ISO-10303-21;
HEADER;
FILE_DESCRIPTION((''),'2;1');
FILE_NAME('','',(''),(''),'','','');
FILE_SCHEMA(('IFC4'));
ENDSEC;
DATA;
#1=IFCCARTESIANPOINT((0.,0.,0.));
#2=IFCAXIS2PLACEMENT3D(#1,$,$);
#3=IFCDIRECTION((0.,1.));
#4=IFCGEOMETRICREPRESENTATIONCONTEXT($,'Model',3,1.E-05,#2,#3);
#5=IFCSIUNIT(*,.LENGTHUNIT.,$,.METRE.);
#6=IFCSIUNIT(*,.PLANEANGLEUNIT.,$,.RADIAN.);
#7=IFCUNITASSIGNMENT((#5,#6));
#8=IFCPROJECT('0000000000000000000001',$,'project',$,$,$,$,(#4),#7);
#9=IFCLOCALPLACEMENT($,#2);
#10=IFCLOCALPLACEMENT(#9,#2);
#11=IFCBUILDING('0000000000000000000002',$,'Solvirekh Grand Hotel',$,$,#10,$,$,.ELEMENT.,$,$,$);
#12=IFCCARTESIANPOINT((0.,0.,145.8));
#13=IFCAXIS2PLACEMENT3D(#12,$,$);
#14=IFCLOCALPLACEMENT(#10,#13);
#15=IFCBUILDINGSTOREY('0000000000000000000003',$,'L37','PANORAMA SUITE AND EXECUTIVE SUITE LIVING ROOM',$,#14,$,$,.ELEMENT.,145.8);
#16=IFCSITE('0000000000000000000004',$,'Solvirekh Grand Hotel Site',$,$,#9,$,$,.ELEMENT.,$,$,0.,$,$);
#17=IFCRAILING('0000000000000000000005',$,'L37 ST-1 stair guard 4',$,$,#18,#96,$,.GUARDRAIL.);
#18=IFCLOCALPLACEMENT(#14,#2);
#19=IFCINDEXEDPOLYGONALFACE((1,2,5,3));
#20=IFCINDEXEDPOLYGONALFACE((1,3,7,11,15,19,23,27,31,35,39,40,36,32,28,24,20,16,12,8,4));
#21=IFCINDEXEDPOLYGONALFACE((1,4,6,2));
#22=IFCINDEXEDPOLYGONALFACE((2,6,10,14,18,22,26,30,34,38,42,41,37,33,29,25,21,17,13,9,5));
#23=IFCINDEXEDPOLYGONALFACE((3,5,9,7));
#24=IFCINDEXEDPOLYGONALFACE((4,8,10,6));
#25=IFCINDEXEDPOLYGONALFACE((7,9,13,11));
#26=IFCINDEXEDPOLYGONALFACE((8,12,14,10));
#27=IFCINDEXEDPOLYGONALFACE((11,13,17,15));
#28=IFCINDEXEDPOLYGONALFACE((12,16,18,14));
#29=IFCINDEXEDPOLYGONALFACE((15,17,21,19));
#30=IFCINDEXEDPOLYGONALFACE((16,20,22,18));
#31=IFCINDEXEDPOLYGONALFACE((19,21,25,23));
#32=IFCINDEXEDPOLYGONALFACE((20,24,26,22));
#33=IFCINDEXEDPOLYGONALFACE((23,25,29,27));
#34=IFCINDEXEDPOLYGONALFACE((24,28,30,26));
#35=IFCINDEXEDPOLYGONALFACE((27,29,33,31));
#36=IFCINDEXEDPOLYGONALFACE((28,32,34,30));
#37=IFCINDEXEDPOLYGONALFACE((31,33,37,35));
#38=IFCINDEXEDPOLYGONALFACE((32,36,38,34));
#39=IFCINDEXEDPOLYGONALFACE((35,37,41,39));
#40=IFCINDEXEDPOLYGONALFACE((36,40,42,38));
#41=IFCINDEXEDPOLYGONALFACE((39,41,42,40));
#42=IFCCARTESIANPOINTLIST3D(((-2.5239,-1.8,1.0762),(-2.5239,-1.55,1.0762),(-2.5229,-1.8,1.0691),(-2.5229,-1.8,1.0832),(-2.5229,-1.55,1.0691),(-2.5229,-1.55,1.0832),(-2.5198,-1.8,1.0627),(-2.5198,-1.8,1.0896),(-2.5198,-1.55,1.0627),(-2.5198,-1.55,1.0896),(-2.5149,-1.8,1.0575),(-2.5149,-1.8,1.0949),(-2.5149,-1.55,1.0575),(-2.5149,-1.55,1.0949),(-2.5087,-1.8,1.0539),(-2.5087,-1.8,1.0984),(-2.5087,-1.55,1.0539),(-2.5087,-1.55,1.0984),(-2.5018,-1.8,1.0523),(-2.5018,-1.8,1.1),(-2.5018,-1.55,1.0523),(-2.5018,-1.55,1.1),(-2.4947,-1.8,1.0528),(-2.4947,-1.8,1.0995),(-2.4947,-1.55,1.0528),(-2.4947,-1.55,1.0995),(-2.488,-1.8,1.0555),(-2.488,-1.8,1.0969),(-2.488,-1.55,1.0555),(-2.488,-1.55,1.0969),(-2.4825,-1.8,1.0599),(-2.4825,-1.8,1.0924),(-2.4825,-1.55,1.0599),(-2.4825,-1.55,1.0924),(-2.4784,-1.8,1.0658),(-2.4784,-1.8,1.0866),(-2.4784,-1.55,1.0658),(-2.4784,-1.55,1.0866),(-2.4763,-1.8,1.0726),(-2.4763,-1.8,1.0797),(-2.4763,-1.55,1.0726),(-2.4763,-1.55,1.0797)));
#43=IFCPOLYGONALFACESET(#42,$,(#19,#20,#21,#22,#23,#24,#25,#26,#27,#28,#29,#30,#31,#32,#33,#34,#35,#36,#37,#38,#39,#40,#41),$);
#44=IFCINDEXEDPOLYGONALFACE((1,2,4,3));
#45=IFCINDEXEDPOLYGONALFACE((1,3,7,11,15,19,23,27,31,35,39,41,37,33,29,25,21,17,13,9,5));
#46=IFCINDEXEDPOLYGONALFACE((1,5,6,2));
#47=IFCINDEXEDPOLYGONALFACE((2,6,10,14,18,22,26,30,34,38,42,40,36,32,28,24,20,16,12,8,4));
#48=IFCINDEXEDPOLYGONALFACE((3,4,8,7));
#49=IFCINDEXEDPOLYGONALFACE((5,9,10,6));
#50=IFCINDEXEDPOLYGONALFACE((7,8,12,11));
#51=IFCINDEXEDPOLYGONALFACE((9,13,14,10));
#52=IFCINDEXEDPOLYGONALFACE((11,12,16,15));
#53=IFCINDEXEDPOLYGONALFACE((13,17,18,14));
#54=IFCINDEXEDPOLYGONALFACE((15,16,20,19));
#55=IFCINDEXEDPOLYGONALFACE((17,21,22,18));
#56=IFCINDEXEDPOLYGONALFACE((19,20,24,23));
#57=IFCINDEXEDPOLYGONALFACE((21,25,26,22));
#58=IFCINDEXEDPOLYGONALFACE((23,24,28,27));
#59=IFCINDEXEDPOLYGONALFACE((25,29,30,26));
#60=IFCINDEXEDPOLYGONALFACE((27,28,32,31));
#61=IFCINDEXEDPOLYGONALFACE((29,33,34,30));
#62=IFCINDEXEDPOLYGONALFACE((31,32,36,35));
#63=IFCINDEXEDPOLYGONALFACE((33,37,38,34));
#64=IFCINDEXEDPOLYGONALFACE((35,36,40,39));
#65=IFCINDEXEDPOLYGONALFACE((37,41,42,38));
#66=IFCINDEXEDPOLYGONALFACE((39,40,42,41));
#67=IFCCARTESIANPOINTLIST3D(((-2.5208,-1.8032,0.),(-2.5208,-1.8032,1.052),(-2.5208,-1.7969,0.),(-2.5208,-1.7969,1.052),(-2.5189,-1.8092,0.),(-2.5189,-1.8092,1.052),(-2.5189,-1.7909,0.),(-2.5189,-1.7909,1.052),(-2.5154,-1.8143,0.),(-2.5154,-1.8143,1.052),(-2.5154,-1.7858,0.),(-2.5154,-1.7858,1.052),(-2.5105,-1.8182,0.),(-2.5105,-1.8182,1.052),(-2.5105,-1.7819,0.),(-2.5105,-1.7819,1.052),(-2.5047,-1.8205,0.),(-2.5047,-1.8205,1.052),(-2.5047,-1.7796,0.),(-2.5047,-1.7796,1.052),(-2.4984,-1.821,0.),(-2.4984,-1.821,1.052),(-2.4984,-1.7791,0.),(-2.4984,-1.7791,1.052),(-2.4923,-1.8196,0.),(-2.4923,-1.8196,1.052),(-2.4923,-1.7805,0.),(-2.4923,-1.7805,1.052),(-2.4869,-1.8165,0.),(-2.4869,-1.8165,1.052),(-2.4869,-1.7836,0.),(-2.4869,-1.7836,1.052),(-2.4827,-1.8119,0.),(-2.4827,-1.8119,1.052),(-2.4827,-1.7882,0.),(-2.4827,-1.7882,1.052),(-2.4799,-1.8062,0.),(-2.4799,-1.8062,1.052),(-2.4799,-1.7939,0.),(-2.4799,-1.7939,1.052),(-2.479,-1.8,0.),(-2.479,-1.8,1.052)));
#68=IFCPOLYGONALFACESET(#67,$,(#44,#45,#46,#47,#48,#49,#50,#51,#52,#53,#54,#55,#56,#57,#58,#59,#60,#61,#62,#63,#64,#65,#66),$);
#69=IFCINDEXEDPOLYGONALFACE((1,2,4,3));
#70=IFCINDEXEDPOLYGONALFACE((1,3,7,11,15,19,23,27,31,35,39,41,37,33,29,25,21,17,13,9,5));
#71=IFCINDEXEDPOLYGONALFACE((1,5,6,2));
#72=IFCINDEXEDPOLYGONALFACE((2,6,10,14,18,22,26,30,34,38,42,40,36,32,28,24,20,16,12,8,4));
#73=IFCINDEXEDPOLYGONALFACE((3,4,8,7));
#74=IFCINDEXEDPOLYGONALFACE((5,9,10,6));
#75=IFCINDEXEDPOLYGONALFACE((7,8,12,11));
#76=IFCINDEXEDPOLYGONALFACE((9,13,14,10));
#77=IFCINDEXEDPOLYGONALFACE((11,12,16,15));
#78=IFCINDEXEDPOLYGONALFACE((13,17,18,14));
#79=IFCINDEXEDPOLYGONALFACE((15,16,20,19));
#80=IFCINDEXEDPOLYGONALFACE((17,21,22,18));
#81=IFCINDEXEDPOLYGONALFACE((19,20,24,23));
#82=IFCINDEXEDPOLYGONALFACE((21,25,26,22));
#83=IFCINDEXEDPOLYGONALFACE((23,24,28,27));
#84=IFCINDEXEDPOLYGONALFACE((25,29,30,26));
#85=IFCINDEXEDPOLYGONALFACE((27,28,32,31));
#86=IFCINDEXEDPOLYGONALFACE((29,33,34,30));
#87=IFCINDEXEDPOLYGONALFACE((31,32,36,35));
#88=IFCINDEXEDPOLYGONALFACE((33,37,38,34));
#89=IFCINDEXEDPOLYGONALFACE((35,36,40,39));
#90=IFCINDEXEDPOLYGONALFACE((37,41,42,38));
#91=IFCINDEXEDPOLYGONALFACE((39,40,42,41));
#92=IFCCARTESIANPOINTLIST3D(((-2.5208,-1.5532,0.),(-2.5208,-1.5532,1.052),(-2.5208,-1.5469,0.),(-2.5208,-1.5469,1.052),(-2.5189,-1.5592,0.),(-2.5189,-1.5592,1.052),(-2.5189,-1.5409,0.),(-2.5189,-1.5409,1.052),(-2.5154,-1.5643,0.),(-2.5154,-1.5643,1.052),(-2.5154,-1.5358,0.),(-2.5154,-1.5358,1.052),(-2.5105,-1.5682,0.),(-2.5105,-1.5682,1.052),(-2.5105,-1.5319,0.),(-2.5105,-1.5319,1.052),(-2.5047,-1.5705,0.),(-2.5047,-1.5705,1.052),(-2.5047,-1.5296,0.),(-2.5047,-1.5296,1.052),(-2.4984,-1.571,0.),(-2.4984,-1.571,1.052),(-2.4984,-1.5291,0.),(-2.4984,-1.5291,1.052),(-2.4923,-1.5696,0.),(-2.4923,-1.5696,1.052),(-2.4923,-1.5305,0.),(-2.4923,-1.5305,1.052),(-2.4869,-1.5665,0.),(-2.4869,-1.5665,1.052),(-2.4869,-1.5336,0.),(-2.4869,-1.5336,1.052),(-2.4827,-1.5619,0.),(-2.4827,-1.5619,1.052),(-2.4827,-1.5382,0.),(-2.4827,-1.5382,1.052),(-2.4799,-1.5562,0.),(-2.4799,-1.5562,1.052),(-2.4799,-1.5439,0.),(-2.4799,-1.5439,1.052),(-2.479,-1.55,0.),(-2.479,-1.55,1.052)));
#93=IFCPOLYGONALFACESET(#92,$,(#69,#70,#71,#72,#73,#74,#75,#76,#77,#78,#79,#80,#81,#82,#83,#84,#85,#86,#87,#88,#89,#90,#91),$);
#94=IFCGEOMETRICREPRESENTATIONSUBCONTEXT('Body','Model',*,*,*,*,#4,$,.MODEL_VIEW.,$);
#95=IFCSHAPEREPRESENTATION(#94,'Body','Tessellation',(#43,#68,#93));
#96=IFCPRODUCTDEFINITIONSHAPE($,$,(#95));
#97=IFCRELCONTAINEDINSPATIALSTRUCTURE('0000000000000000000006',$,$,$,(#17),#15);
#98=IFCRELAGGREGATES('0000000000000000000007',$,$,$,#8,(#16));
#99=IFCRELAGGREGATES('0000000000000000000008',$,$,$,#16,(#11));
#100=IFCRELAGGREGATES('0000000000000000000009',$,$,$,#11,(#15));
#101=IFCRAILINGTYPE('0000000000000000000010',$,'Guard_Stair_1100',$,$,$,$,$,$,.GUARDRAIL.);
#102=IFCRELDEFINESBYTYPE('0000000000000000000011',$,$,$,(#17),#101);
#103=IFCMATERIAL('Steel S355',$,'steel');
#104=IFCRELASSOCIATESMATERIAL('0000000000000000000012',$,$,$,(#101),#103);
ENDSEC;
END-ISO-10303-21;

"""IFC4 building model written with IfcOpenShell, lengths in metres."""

from ifc_helpers import new_model, si_unit, direction, frame, origin, origin_2d, place, context, subcontext, project, spatial, circle, extrude, material, type_object, element, save


model = new_model("IFC4")

# Units and contexts
model_context = context("Model", 3, precision=1e-05, world=origin(), true_north=direction((0.0, 1.0)))
body_context = subcontext(model_context, "Body", "Model", "MODEL_VIEW")
ifc_project = project(units=[si_unit("LENGTHUNIT", "METRE"), si_unit("PLANEANGLEUNIT", "RADIAN")], contexts=[model_context])

# Site, building, storey
site_placement = place(None, origin())
site = spatial("IfcSite", under=ifc_project, at=site_placement, Name="Solvirekh Grand Hotel Site", CompositionType="ELEMENT", RefElevation=0.0)
building_placement = place(site_placement, origin())
building = spatial("IfcBuilding", under=site, at=building_placement, Name="Solvirekh Grand Hotel", CompositionType="ELEMENT")
storey_placement = place(building_placement, frame((0.0, 0.0, 145.8)))
storey = spatial("IfcBuildingStorey", under=building, at=storey_placement, Name="L37", Description="PANORAMA SUITE AND EXECUTIVE SUITE LIVING ROOM", CompositionType="ELEMENT", Elevation=145.8)

# Shared definitions
ifc_material_1 = material(Name="Steel S355", Category="steel")

# Railing
railing_type_1 = type_object("IfcRailingType", Name="Guard_Stair_1100", PredefinedType="GUARDRAIL", material=ifc_material_1)
railing_1_placement = place(storey_placement, frame((-2.5, -1.8, 0.0)))
element("IfcRailing", 1, at=railing_1_placement, inside=storey, type_object=railing_type_1, Name="L37 ST-1 stair guard 4", PredefinedType="GUARDRAIL", context=body_context, shape_type="SweptSolid", body=[
    extrude(circle(Radius=0.0239, at=origin_2d()), frame((0.0, 0.0, 1.0762), z_axis=(0.0, 1.0, 0.0), x_axis=(-1.0, 0.0, 0.0)), (0.0, 0.0, 1.0), 0.25),
    extrude(circle(Radius=0.021, at=origin_2d()), origin(), (0.0, 0.0, 1.0), 1.052),
    extrude(circle(Radius=0.021, at=origin_2d()), frame((0.0, 0.25, 0.0)), (0.0, 0.0, 1.0), 1.052),
])

save(model, "model.ifc")
